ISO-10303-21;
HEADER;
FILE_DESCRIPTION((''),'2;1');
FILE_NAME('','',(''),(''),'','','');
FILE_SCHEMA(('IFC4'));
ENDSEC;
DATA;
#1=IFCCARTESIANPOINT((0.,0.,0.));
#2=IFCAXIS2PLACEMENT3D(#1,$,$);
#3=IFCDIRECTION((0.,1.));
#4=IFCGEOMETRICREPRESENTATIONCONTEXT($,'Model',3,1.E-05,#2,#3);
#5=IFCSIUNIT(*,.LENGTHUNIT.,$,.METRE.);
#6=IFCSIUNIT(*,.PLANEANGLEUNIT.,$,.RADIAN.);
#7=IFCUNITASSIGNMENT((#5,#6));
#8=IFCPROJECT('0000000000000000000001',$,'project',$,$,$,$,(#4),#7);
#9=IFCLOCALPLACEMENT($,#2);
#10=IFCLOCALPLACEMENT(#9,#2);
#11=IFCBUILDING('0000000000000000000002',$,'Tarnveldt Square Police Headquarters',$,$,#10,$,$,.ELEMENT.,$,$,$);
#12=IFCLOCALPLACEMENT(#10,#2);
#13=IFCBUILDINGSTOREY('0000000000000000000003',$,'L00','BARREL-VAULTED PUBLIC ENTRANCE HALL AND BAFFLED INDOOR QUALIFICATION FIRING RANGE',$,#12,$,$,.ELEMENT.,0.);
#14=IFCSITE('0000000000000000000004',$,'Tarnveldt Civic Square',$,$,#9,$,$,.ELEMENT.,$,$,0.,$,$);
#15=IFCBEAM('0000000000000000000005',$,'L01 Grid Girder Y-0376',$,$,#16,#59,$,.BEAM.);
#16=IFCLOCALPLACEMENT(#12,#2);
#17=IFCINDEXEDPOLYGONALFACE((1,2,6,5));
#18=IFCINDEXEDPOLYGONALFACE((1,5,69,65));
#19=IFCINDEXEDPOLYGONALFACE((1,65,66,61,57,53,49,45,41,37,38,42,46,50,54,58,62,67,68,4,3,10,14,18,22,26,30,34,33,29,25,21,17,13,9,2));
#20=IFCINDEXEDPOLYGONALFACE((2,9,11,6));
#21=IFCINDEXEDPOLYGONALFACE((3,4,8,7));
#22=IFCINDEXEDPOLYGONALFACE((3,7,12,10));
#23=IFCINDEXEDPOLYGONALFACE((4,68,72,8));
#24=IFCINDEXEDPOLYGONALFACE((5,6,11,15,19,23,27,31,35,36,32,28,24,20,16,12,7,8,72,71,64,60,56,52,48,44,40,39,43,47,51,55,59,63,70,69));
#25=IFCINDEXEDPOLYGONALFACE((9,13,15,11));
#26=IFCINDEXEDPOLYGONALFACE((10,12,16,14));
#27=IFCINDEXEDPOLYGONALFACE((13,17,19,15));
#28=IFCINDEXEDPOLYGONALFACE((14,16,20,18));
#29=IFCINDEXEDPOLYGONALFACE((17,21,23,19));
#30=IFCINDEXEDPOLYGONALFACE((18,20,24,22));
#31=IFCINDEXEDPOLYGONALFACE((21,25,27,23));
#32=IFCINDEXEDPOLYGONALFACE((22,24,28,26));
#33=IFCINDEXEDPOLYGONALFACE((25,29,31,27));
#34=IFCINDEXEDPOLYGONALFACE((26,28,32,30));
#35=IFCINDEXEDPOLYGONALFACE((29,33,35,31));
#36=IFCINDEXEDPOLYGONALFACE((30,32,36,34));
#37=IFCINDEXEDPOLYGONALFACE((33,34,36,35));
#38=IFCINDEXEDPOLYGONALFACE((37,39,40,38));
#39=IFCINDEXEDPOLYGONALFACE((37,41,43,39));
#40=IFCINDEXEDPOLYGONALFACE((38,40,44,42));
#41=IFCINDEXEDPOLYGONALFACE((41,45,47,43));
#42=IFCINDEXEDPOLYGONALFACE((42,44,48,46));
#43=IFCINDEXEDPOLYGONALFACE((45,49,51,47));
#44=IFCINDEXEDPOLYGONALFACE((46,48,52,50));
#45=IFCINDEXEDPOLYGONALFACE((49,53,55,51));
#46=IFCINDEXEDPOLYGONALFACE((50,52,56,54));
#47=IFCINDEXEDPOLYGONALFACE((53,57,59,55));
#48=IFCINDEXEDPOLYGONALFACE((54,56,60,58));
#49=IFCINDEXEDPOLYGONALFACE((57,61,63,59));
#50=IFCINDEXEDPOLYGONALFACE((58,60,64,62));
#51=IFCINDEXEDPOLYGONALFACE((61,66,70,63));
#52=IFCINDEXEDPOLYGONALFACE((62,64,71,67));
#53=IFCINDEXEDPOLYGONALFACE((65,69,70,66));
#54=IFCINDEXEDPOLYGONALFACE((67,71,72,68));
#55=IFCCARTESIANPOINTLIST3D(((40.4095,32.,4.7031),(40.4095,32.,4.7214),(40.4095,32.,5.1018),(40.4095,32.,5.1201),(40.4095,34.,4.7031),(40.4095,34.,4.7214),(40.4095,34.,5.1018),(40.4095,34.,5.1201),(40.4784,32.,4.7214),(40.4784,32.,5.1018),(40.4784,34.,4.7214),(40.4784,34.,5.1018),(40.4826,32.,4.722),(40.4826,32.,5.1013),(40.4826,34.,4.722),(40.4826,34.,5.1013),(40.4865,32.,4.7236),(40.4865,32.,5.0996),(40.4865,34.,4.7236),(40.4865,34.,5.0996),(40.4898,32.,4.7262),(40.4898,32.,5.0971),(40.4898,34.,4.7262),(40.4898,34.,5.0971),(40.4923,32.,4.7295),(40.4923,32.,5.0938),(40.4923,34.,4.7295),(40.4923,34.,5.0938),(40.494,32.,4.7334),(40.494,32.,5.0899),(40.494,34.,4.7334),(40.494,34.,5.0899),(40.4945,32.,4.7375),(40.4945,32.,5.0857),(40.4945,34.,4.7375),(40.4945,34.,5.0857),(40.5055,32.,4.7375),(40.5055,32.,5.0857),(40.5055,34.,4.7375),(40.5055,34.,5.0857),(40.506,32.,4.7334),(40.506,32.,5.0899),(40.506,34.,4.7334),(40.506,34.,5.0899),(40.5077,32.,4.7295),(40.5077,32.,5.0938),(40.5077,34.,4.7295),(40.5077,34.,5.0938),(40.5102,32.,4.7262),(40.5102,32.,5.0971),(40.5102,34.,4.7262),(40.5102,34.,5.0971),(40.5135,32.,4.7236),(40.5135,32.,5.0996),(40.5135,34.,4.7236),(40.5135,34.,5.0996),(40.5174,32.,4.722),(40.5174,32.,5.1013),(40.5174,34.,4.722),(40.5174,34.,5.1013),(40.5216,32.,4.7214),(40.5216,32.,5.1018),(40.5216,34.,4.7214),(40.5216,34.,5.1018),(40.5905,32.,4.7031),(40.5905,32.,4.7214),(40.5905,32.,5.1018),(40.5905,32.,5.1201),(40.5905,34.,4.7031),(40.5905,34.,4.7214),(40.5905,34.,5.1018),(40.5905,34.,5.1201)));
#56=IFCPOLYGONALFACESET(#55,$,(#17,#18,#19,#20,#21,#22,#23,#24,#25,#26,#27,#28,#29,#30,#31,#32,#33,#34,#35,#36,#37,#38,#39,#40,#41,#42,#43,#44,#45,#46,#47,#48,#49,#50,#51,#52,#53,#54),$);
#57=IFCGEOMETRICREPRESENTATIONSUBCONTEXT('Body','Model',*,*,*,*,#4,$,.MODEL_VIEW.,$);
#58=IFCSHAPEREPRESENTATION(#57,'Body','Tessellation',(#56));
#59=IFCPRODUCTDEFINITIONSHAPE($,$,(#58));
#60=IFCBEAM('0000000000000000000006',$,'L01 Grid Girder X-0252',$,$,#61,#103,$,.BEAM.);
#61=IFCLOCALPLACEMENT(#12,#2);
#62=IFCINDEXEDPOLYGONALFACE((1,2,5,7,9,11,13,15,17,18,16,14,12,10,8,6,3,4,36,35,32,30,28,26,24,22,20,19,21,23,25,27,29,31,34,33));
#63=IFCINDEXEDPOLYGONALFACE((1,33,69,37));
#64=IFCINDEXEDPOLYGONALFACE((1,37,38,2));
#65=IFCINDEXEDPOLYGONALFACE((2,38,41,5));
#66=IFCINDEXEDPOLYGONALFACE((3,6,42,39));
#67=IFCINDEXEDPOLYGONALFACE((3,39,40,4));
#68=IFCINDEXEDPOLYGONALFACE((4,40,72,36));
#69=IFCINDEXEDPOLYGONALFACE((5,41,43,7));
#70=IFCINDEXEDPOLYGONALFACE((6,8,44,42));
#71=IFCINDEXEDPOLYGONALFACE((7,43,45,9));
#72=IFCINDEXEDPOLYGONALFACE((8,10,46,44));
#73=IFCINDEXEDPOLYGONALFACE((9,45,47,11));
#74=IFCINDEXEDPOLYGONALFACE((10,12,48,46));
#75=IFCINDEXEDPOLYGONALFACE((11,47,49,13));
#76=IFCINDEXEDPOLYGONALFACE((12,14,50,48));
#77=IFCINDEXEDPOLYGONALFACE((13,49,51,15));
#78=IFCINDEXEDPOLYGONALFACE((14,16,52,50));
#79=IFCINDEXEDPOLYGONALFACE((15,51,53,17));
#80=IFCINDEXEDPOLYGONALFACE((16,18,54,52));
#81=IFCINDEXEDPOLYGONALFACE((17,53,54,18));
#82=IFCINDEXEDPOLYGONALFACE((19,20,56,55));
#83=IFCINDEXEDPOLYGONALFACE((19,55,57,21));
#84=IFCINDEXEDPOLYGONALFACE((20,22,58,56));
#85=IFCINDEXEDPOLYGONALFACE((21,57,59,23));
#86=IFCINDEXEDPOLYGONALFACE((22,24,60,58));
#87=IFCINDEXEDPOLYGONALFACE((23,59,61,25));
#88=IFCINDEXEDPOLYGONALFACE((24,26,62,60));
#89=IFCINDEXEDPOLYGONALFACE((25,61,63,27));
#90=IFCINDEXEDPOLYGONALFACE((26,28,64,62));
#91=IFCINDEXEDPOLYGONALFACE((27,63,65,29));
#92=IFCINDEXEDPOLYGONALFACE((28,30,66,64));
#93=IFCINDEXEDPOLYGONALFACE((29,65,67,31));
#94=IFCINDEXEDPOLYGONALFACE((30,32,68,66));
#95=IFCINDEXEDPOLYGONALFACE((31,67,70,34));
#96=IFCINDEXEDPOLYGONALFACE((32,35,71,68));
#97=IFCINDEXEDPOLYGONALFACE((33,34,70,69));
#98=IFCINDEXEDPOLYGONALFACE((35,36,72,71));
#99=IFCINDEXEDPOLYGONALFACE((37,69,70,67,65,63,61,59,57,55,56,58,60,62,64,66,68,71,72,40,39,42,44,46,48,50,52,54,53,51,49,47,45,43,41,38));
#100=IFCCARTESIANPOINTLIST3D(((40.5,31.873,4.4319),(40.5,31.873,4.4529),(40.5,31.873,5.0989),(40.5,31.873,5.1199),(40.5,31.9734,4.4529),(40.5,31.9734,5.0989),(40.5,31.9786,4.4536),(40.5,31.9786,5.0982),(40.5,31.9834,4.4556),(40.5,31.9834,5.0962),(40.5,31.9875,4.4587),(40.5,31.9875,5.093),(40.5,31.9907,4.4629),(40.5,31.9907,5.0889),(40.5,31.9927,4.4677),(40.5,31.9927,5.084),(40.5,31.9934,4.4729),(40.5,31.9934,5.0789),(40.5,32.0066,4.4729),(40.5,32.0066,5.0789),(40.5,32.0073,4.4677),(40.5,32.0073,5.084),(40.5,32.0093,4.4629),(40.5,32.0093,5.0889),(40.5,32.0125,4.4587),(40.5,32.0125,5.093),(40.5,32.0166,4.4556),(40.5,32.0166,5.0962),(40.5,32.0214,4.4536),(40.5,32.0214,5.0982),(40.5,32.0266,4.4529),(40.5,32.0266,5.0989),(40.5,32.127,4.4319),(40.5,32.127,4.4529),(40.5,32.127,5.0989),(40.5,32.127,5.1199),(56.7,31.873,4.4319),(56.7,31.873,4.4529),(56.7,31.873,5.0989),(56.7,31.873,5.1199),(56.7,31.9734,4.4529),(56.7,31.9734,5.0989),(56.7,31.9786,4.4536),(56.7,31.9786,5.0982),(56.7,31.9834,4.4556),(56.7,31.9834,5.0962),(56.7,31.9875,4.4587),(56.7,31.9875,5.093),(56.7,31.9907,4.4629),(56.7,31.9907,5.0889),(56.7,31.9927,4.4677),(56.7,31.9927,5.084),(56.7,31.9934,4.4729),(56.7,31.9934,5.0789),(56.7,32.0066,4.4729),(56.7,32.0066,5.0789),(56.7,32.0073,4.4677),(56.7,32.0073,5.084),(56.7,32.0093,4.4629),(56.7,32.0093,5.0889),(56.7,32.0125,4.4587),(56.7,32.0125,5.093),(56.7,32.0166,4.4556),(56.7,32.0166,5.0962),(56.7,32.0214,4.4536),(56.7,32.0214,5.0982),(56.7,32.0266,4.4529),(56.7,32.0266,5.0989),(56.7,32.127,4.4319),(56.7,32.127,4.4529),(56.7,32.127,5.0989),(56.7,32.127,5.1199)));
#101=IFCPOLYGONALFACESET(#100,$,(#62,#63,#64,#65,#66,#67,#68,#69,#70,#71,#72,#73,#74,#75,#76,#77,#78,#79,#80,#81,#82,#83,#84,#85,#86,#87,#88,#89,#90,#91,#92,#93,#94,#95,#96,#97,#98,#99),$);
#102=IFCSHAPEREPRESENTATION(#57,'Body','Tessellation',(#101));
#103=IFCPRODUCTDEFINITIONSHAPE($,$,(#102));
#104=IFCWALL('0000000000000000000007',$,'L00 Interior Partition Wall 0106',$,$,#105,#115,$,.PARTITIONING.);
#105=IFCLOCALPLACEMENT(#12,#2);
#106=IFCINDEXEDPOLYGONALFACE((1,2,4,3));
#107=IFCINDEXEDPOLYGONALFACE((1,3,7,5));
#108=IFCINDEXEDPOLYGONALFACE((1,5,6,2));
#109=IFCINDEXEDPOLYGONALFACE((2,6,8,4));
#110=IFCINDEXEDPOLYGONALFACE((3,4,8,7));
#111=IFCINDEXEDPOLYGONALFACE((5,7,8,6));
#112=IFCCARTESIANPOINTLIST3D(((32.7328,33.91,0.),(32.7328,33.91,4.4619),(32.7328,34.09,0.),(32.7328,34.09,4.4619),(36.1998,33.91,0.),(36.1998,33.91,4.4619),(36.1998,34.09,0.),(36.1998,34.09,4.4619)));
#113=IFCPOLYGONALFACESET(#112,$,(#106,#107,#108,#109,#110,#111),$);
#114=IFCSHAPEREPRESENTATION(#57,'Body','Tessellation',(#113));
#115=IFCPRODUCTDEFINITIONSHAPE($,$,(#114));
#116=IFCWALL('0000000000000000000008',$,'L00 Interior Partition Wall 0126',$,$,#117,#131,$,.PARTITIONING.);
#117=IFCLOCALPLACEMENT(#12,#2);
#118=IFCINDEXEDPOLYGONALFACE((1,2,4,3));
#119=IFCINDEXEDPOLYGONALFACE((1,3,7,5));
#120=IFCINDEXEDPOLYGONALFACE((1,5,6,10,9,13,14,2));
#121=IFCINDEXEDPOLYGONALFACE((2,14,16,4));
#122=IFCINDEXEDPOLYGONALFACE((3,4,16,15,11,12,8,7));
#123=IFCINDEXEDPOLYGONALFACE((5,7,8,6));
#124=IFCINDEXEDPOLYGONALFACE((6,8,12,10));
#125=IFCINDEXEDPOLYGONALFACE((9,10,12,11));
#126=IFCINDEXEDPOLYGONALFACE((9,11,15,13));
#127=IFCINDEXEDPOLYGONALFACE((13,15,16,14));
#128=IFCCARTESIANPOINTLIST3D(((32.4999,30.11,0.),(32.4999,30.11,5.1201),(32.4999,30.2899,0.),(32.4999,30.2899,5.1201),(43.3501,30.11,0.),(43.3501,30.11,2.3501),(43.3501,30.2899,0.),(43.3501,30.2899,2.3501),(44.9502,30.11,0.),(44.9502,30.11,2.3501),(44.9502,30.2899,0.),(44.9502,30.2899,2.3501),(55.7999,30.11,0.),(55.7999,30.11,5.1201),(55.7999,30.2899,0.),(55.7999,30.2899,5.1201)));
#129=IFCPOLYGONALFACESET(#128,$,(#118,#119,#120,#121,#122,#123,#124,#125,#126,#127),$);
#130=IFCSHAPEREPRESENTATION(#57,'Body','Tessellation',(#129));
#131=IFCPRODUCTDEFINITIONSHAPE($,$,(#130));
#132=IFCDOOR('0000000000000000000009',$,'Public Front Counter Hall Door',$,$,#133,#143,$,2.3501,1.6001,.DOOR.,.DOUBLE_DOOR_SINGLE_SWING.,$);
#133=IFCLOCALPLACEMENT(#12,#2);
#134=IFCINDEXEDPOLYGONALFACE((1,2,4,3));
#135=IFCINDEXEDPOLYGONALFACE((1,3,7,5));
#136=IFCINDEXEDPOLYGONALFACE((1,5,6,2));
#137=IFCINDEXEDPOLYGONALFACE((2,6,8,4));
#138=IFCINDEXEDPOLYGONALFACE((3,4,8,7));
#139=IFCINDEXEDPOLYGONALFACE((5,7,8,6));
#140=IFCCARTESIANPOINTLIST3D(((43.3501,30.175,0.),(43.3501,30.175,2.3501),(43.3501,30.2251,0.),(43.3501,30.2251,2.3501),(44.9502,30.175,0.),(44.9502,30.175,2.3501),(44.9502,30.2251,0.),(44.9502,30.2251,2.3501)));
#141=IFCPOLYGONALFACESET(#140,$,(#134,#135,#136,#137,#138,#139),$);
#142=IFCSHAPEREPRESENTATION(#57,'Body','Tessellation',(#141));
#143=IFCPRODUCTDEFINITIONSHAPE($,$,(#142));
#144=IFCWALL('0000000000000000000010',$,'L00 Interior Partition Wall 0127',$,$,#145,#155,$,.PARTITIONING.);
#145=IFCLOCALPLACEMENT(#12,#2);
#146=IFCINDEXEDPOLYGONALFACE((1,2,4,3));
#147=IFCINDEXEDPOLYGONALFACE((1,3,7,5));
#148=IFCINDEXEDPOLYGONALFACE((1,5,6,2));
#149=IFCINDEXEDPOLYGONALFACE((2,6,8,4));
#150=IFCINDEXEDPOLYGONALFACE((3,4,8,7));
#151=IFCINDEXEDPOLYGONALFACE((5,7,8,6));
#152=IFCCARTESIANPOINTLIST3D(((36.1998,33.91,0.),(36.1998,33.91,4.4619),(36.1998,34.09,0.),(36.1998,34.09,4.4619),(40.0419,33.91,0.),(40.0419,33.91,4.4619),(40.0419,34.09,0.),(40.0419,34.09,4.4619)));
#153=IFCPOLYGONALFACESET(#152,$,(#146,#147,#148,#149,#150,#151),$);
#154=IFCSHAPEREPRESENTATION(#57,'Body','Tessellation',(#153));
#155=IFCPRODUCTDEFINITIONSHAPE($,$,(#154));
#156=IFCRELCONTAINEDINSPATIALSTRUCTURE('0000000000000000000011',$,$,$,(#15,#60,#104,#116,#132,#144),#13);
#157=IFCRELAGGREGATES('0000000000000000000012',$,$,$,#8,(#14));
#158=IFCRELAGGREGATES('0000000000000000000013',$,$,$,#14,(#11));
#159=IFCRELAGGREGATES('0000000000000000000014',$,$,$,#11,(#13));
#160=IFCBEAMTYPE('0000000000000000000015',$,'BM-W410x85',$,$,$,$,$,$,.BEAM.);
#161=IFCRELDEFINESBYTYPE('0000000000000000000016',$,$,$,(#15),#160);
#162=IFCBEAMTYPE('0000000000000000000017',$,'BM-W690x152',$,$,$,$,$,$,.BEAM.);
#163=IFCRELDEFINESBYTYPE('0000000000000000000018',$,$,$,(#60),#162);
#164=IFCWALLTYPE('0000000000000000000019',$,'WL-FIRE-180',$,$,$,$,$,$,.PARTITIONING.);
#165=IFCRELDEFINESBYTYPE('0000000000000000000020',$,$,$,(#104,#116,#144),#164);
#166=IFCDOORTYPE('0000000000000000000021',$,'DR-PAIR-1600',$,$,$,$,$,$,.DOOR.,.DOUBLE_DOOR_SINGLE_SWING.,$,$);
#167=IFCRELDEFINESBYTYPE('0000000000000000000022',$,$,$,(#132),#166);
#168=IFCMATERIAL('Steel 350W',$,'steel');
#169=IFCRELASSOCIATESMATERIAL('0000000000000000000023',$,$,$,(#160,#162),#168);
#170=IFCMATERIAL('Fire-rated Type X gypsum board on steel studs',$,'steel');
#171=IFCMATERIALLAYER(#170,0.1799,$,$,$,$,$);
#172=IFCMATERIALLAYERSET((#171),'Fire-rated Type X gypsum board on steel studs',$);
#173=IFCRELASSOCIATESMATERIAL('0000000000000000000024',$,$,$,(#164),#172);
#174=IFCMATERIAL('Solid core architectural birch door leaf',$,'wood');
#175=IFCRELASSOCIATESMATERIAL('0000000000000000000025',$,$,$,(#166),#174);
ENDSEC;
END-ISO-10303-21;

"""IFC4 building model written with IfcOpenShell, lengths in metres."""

from ifc_helpers import new_model, si_unit, direction, frame, frame_2d, origin, origin_2d, place, context, subcontext, project, spatial, rectangle, i_section, extrude, material, layer, layer_set, material_profile, profile_set, type_object, element, fill, save


model = new_model("IFC4")

# Units and contexts
model_context = context("Model", 3, precision=1e-05, world=origin(), true_north=direction((0.0, 1.0)))
body_context = subcontext(model_context, "Body", "Model", "MODEL_VIEW")
ifc_project = project(units=[si_unit("LENGTHUNIT", "METRE"), si_unit("PLANEANGLEUNIT", "RADIAN")], contexts=[model_context])

# Site, building, storey
site_placement = place(None, origin())
site = spatial("IfcSite", under=ifc_project, at=site_placement, Name="Tarnveldt Civic Square", CompositionType="ELEMENT", RefElevation=0.0)
building_placement = place(site_placement, origin())
building = spatial("IfcBuilding", under=site, at=building_placement, Name="Tarnveldt Square Police Headquarters", CompositionType="ELEMENT")
storey_placement = place(building_placement, origin())
storey = spatial("IfcBuildingStorey", under=building, at=storey_placement, Name="L00", Description="BARREL-VAULTED PUBLIC ENTRANCE HALL AND BAFFLED INDOOR QUALIFICATION FIRING RANGE", CompositionType="ELEMENT", Elevation=0.0)

# Beams
ifc_material_1 = material(Name="Steel 350W", Category="steel")
ifc_material_profile_1 = material_profile(ifc_material_1, i_section(OverallWidth=0.1809, OverallDepth=0.417, WebThickness=0.011, FlangeThickness=0.0183, FilletRadius=0.0161, at=origin_2d()), Name="W410x85")
ifc_profile_set_1 = profile_set([ifc_material_profile_1], Name="Steel 350W")
beam_type_1 = type_object("IfcBeamType", Name="BM-W410x85", PredefinedType="BEAM", material=ifc_profile_set_1)
beam_1_placement = place(storey_placement, frame((40.5, 32.0, 4.9116), z_axis=(0.0, 1.0, 0.0), x_axis=(-1.0, 0.0, 0.0)))
element("IfcBeam", 1, at=beam_1_placement, inside=storey, type_object=beam_type_1, Name="L01 Grid Girder Y-0376", PredefinedType="BEAM", context=body_context, shape_type="SweptSolid", body=[
    extrude(i_section(OverallWidth=0.1809, OverallDepth=0.417, WebThickness=0.011, FlangeThickness=0.0183, FilletRadius=0.0161, at=origin_2d()), origin(), (0.0, 0.0, 1.0), 2.0),
])
ifc_material_profile_2 = material_profile(ifc_material_1, i_section(OverallWidth=0.2539, OverallDepth=0.688, WebThickness=0.0132, FlangeThickness=0.021, FilletRadius=0.02, at=origin_2d()), Name="W690x152")
ifc_profile_set_2 = profile_set([ifc_material_profile_2], Name="Steel 350W")
beam_type_2 = type_object("IfcBeamType", Name="BM-W690x152", PredefinedType="BEAM", material=ifc_profile_set_2)
beam_2_placement = place(storey_placement, frame((40.5, 32.0, 4.7759), z_axis=(1.0, 0.0, 0.0), x_axis=(0.0, 1.0, 0.0)))
element("IfcBeam", 2, at=beam_2_placement, inside=storey, type_object=beam_type_2, Name="L01 Grid Girder X-0252", PredefinedType="BEAM", context=body_context, shape_type="SweptSolid", body=[
    extrude(i_section(OverallWidth=0.2539, OverallDepth=0.688, WebThickness=0.0132, FlangeThickness=0.021, FilletRadius=0.02, at=origin_2d()), origin(), (0.0, 0.0, 1.0), 16.2),
])

# Wall
ifc_material_2 = material(Name="Fire-rated Type X gypsum board on steel studs", Category="steel")
ifc_layer = layer(ifc_material_2, 0.1799)
ifc_layer_set = layer_set([ifc_layer], Name="Fire-rated Type X gypsum board on steel studs")
wall_type = type_object("IfcWallType", Name="WL-FIRE-180", PredefinedType="PARTITIONING", material=ifc_layer_set)
wall_1_placement = place(storey_placement, frame((32.7329, 34.0, 0.0), z_axis=(0.0, 0.0, 1.0), x_axis=(1.0, 0.0, 0.0)))
element("IfcWall", 3, at=wall_1_placement, inside=storey, type_object=wall_type, Name="L00 Interior Partition Wall 0106", PredefinedType="PARTITIONING", context=body_context, shape_type="SweptSolid", body=[
    extrude(rectangle(XDim=3.467, YDim=0.1799, at=frame_2d((1.7334, 0.0))), origin(), (0.0, 0.0, 1.0), 4.4619),
])

# Wall, opening, door
wall_2_placement = place(storey_placement, frame((32.5, 30.2, 0.0), z_axis=(0.0, 0.0, 1.0), x_axis=(1.0, 0.0, 0.0)))
wall_2 = element("IfcWall", 4, at=wall_2_placement, inside=storey, type_object=wall_type, Name="L00 Interior Partition Wall 0126", PredefinedType="PARTITIONING", context=body_context, shape_type="SweptSolid", body=[
    extrude(rectangle(XDim=23.3, YDim=0.1799, at=frame_2d((11.6499, 0.0))), origin(), (0.0, 0.0, 1.0), 5.1201),
])
opening_1_placement = place(wall_2_placement, frame((10.8501, 0.0, 0.0)))
opening_1 = element("IfcOpeningElement", 5, at=opening_1_placement, cuts=wall_2, PredefinedType="OPENING", context=body_context, shape_type="SweptSolid", body=[
    extrude(rectangle(XDim=1.6001, YDim=2.3501, at=frame_2d((0.8, 1.175))), frame((0.0, 0.0999, 0.0), z_axis=(0.0, -1.0, 0.0), x_axis=(1.0, 0.0, 0.0)), (0.0, 0.0, 1.0), 0.2),
])
ifc_material_3 = material(Name="Solid core architectural birch door leaf", Category="wood")
door_type_1 = type_object("IfcDoorType", Name="DR-PAIR-1600", OperationType="DOUBLE_DOOR_SINGLE_SWING", PredefinedType="DOOR", material=ifc_material_3)
door_1_placement = place(opening_1_placement, frame((1.6001, 0.0, 0.0), z_axis=(0.0, 0.0, 1.0), x_axis=(-1.0, 0.0, 0.0)))
door_1 = element("IfcDoor", 6, at=door_1_placement, inside=storey, type_object=door_type_1, Name="Public Front Counter Hall Door", OperationType="DOUBLE_DOOR_SINGLE_SWING", OverallHeight=2.3501, OverallWidth=1.6001, PredefinedType="DOOR", context=body_context, shape_type="SweptSolid", body=[
    extrude(rectangle(XDim=1.6001, YDim=2.3501, at=frame_2d((0.8, 1.175))), frame((0.0, 0.0249, 0.0), z_axis=(0.0, -1.0, 0.0), x_axis=(1.0, 0.0, 0.0)), (0.0, 0.0, 1.0), 0.05),
])
fill(opening_1, door_1)

# Wall
wall_3_placement = place(storey_placement, frame((36.2, 34.0, 0.0), z_axis=(0.0, 0.0, 1.0), x_axis=(1.0, 0.0, 0.0)))
element("IfcWall", 7, at=wall_3_placement, inside=storey, type_object=wall_type, Name="L00 Interior Partition Wall 0127", PredefinedType="PARTITIONING", context=body_context, shape_type="SweptSolid", body=[
    extrude(rectangle(XDim=3.842, YDim=0.1799, at=frame_2d((1.9209, 0.0))), origin(), (0.0, 0.0, 1.0), 4.4619),
])

save(model, "model.ifc")
